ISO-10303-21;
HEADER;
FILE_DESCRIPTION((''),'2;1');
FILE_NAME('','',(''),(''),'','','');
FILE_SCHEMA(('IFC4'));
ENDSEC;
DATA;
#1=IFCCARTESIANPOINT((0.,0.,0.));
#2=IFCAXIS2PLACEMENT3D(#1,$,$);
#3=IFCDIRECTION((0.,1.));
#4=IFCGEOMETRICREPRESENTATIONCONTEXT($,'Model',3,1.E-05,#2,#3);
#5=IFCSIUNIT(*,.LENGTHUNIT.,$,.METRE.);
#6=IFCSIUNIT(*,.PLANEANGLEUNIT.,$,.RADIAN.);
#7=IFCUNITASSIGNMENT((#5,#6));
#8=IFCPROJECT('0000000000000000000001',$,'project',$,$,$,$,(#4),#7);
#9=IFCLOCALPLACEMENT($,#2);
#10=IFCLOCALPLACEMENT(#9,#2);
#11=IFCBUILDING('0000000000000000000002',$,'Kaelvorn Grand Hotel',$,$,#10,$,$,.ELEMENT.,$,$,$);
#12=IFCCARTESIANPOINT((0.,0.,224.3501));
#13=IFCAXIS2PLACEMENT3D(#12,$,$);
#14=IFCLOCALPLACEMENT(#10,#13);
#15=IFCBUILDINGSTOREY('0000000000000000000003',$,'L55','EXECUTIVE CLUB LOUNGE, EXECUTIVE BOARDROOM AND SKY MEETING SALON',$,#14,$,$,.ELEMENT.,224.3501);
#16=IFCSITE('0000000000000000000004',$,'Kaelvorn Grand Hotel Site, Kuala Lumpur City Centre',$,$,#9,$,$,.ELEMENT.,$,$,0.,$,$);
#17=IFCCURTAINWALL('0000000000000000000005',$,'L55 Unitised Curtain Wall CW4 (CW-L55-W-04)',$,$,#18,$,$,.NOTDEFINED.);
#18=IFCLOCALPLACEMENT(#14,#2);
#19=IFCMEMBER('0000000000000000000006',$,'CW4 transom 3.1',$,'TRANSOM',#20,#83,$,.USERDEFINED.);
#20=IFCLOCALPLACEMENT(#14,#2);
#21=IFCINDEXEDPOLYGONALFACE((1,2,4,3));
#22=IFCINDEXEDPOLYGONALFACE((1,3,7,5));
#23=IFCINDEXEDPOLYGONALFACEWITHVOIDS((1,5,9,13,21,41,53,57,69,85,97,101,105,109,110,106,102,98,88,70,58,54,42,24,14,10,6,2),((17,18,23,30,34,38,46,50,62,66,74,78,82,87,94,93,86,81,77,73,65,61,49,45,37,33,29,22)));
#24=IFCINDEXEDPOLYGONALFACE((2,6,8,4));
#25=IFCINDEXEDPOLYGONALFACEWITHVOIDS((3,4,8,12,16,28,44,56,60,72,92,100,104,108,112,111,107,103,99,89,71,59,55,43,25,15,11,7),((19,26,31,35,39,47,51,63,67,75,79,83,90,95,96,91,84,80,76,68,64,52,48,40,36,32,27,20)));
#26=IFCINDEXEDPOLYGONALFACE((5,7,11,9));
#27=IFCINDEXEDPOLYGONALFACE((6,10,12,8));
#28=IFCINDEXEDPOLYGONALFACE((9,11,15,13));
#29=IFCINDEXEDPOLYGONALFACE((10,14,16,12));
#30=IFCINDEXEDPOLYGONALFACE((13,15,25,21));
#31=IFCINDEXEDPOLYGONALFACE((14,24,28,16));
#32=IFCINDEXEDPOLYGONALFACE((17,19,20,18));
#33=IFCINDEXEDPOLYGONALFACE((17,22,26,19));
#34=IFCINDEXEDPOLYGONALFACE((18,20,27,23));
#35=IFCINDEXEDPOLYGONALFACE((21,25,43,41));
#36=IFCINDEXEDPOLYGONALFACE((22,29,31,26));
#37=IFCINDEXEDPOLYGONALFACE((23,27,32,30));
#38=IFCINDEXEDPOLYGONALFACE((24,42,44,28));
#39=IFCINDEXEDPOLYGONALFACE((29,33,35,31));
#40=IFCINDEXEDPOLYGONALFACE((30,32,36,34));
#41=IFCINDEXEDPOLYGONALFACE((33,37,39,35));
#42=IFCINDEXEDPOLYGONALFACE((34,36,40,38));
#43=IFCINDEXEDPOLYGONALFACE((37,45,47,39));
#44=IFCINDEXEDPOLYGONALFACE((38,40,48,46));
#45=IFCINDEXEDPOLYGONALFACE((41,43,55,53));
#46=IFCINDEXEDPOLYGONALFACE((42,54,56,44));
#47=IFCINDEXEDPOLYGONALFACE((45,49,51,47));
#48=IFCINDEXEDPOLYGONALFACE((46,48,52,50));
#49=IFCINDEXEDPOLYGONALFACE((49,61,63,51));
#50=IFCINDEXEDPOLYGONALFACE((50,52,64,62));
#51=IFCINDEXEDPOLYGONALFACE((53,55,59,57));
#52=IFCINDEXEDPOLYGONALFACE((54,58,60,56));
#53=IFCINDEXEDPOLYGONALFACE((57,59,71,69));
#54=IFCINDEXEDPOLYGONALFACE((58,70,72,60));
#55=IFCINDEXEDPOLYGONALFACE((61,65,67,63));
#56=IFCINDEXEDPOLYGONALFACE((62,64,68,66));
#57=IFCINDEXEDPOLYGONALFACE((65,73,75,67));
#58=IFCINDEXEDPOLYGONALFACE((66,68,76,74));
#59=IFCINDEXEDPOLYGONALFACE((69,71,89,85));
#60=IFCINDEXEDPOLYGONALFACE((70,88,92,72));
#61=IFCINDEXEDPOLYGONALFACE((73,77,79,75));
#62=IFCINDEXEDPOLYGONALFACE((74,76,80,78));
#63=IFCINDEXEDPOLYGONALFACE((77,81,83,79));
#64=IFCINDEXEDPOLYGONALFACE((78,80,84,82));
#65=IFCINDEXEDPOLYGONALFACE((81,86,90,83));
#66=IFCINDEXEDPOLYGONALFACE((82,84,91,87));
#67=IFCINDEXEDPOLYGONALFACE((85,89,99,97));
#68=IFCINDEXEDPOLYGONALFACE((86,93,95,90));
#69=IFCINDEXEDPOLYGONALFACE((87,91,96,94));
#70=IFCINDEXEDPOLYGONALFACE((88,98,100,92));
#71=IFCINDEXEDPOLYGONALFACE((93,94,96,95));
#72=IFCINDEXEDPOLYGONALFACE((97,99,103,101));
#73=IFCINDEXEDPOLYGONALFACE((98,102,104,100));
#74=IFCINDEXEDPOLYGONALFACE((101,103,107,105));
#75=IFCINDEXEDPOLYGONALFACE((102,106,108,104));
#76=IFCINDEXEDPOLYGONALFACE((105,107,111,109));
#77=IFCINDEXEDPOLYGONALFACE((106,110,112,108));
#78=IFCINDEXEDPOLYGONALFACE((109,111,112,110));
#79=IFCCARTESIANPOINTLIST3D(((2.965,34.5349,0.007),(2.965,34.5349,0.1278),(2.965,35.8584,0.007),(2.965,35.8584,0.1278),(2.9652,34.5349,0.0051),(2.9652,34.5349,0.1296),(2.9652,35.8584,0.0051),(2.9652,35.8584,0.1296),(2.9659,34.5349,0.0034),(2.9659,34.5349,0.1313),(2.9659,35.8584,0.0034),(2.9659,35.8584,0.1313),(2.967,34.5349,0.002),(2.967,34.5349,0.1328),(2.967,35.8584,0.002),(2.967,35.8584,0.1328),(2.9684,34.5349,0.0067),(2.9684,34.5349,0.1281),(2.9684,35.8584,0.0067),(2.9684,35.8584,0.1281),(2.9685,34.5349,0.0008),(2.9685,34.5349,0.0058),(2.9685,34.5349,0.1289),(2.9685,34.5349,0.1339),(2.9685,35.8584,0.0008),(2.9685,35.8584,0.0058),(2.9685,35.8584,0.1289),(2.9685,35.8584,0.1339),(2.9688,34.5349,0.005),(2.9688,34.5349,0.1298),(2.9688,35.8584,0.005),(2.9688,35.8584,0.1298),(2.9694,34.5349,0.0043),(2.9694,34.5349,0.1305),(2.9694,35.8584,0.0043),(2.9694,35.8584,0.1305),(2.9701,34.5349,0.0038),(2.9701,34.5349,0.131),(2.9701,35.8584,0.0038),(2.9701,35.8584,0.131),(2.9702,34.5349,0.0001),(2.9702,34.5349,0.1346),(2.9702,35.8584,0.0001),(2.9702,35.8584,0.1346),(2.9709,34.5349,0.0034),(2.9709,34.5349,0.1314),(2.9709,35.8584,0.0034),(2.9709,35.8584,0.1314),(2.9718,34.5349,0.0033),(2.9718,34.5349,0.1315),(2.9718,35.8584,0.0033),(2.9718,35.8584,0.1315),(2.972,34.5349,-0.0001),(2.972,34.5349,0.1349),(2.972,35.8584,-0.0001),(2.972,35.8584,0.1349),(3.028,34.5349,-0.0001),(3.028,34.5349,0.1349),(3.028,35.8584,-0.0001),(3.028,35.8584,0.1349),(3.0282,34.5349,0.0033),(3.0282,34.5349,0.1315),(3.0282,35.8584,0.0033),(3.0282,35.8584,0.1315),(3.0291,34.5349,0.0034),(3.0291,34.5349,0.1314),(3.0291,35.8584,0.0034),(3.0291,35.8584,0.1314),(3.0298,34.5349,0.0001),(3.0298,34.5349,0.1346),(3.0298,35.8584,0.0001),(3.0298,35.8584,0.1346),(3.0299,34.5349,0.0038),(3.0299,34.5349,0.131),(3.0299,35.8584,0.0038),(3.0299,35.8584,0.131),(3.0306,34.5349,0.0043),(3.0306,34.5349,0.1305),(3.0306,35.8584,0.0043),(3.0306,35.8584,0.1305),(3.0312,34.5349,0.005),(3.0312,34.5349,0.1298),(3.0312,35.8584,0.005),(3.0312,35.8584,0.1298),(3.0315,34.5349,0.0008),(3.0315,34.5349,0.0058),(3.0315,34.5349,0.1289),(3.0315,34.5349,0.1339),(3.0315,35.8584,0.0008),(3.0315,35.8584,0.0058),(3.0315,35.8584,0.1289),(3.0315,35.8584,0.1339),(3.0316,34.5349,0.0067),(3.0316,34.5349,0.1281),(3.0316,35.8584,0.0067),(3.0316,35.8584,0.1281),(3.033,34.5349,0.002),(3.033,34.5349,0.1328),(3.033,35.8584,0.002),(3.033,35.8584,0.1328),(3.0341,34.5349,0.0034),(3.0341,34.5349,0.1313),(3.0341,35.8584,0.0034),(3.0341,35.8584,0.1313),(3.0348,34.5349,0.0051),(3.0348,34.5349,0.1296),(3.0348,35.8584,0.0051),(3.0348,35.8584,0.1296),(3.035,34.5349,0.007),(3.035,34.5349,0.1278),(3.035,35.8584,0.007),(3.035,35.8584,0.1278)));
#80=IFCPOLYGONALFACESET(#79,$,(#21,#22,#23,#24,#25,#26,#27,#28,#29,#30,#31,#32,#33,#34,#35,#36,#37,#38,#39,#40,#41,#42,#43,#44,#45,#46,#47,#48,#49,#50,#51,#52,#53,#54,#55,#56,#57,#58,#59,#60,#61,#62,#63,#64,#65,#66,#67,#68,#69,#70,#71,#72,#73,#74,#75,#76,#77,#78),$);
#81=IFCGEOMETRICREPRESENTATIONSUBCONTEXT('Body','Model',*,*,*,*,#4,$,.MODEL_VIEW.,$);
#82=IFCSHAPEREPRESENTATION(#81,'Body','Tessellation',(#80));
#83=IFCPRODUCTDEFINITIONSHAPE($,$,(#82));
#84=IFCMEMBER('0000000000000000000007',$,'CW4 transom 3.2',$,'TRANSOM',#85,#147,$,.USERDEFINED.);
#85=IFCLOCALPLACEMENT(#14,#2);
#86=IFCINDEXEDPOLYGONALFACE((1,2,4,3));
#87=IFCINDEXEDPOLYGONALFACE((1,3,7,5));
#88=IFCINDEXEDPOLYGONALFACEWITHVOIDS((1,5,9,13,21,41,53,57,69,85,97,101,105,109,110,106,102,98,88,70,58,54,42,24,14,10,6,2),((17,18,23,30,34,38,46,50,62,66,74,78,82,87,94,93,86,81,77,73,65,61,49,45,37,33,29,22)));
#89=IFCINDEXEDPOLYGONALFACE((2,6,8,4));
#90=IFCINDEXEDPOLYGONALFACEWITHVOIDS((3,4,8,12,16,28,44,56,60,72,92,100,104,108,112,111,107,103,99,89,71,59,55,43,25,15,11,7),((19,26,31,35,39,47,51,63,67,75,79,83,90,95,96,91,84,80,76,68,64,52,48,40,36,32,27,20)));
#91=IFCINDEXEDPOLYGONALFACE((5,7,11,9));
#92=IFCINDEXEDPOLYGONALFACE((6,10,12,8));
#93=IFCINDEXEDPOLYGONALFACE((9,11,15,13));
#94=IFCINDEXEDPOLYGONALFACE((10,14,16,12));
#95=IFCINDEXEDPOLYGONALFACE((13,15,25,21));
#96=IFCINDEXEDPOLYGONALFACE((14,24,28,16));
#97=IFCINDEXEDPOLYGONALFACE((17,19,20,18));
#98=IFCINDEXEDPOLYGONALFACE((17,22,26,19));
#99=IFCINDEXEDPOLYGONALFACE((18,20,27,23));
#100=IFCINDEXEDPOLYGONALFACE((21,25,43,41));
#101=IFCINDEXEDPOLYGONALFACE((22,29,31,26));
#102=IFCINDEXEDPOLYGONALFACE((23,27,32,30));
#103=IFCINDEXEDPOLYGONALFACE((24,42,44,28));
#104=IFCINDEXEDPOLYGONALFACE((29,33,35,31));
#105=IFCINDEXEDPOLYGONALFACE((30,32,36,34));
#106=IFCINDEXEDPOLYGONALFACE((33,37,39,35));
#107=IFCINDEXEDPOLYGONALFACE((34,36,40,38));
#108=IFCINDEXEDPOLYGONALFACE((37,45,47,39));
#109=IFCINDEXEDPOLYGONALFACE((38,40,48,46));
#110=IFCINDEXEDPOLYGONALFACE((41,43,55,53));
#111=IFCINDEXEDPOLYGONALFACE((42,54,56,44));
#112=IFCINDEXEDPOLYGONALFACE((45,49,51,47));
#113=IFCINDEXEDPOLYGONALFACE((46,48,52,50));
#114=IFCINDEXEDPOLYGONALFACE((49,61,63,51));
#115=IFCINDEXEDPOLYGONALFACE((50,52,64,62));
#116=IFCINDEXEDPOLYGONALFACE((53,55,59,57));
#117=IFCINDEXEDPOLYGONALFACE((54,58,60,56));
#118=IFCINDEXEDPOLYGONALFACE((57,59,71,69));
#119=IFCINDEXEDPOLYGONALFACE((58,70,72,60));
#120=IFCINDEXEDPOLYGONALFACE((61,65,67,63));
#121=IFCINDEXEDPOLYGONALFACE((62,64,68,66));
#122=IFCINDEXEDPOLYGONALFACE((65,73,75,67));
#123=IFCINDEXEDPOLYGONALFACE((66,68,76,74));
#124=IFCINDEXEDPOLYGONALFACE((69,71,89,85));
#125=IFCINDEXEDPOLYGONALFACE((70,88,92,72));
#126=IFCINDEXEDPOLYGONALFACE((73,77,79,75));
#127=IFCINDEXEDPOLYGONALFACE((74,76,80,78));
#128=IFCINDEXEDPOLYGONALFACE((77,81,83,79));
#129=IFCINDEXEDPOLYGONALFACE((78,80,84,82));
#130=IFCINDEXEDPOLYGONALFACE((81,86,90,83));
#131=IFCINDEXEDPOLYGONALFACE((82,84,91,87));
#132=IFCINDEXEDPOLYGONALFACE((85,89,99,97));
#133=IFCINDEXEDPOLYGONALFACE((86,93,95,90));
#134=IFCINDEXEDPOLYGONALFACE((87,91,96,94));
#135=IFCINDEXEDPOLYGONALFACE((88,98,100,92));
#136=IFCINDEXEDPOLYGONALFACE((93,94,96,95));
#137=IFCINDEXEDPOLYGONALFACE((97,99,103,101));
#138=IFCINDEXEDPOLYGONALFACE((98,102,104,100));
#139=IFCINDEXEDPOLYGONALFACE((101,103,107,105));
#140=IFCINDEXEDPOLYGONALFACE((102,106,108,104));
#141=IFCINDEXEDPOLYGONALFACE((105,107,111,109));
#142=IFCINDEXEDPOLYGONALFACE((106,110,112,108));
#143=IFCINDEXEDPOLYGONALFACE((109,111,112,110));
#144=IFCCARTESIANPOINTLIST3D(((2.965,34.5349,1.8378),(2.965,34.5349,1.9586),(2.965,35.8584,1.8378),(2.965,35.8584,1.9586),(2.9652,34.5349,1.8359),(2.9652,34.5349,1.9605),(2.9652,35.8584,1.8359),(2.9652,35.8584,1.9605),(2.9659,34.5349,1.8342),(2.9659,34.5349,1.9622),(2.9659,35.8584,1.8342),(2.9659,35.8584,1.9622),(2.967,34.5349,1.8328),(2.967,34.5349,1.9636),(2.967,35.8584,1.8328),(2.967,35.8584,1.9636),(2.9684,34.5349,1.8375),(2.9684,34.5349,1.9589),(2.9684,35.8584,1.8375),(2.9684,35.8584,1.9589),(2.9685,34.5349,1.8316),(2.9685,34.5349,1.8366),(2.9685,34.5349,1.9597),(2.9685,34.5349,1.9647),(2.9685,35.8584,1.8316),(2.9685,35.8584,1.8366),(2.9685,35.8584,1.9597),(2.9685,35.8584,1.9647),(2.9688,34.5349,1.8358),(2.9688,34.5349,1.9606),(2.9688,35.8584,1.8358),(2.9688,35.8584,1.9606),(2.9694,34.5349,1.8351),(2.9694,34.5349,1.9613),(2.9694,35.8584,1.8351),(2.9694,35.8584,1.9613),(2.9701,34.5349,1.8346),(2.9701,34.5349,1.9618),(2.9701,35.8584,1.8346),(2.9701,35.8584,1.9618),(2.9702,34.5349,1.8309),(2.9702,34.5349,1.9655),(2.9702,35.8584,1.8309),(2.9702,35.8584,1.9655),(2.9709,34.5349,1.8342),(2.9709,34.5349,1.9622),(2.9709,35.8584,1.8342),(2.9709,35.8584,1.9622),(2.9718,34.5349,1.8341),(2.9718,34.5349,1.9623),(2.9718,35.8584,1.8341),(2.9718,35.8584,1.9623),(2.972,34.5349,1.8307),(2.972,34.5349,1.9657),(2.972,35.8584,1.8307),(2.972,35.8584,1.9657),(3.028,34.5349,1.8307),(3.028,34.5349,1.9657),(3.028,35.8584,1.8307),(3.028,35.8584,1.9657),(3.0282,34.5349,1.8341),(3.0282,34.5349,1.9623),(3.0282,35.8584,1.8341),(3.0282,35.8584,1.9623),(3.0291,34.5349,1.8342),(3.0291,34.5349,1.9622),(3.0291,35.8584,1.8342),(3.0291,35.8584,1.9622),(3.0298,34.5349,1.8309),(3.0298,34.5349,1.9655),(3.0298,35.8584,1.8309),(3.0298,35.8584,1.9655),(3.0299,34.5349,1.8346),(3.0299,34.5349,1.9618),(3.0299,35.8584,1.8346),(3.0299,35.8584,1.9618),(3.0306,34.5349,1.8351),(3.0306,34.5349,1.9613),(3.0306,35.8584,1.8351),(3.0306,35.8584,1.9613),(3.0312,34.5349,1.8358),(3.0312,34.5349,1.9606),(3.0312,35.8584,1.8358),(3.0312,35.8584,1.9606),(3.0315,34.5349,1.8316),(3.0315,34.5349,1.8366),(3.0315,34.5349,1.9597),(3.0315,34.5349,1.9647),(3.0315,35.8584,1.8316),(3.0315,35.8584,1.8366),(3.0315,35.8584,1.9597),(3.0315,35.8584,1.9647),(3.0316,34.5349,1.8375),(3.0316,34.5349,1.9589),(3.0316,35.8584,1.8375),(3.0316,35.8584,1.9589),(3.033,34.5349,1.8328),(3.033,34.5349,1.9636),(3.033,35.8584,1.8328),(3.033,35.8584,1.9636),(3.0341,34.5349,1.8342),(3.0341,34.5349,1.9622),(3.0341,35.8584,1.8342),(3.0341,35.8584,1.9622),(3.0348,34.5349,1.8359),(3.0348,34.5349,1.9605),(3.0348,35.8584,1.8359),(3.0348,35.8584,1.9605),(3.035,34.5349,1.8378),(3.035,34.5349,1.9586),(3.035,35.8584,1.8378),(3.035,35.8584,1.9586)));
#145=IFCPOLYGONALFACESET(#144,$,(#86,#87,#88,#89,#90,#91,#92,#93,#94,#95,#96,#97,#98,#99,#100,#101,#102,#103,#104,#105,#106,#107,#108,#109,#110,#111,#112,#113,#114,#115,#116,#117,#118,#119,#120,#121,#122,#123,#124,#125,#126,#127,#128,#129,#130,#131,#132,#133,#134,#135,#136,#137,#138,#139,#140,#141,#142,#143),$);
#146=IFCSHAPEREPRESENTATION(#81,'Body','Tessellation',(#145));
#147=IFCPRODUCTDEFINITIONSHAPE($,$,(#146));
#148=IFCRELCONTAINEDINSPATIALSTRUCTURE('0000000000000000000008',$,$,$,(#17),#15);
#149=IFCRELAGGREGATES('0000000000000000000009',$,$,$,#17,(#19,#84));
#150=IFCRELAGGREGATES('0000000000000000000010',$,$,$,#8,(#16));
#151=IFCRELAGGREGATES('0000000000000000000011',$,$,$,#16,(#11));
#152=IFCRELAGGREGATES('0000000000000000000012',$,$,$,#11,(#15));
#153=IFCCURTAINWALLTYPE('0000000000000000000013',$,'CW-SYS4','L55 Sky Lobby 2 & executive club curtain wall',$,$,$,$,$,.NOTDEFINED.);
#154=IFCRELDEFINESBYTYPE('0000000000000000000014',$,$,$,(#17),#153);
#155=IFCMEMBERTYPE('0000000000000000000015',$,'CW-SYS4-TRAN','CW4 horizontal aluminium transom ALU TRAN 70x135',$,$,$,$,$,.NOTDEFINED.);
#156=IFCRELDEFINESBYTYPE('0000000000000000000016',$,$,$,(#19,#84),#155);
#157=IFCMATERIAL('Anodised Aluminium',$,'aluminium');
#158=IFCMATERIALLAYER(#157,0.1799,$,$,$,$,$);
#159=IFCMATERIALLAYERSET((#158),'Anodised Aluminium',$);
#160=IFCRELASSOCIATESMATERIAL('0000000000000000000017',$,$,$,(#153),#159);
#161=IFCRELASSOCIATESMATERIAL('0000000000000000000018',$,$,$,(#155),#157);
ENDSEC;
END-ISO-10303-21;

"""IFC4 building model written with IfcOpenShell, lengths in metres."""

from ifc_helpers import new_model, si_unit, direction, frame, origin, origin_2d, place, context, subcontext, project, spatial, hollow_rectangle, extrude, material, layer, layer_set, material_profile, profile_set, type_object, element, aggregate, save


model = new_model("IFC4")

# Units and contexts
model_context = context("Model", 3, precision=1e-05, world=origin(), true_north=direction((0.0, 1.0)))
body_context = subcontext(model_context, "Body", "Model", "MODEL_VIEW")
ifc_project = project(units=[si_unit("LENGTHUNIT", "METRE"), si_unit("PLANEANGLEUNIT", "RADIAN")], contexts=[model_context])

# Site, building, storey
site_placement = place(None, origin())
site = spatial("IfcSite", under=ifc_project, at=site_placement, Name="Kaelvorn Grand Hotel Site, Kuala Lumpur City Centre", CompositionType="ELEMENT", RefElevation=0.0)
building_placement = place(site_placement, origin())
building = spatial("IfcBuilding", under=site, at=building_placement, Name="Kaelvorn Grand Hotel", CompositionType="ELEMENT")
storey_placement = place(building_placement, frame((0.0, 0.0, 224.3501)))
storey = spatial("IfcBuildingStorey", under=building, at=storey_placement, Name="L55", Description="EXECUTIVE CLUB LOUNGE, EXECUTIVE BOARDROOM AND SKY MEETING SALON", CompositionType="ELEMENT", Elevation=224.3501)

# Curtain wall, members
ifc_material_1 = material(Name="Anodised Aluminium", Category="aluminium")
ifc_layer_1 = layer(ifc_material_1, 0.1799)
ifc_layer_set_1 = layer_set([ifc_layer_1], Name="Anodised Aluminium")
curtain_wall_type = type_object("IfcCurtainWallType", Name="CW-SYS4", Description="L55 Sky Lobby 2 & executive club curtain wall", PredefinedType="NOTDEFINED", material=ifc_layer_set_1)
curtain_wall_placement = place(storey_placement, origin())
curtain_wall = element("IfcCurtainWall", 1, at=curtain_wall_placement, inside=storey, type_object=curtain_wall_type, Name="L55 Unitised Curtain Wall CW4 (CW-L55-W-04)", PredefinedType="NOTDEFINED")
ifc_material_profile_1 = material_profile(ifc_material_1, hollow_rectangle(XDim=0.0701, YDim=0.135, WallThickness=0.0034, InnerFilletRadius=0.0034, OuterFilletRadius=0.0071, at=origin_2d()), Name="ALU TRAN 70x135")
ifc_profile_set_1 = profile_set([ifc_material_profile_1], Name="Anodised Aluminium")
member_type_1 = type_object("IfcMemberType", Name="CW-SYS4-TRAN", Description="CW4 horizontal aluminium transom ALU TRAN 70x135", PredefinedType="NOTDEFINED", material=ifc_profile_set_1)
member_1_placement = place(storey_placement, frame((3.0, 35.8584, 0.0674), z_axis=(0.0, -1.0, 0.0), x_axis=(1.0, 0.0, 0.0)))
member_1 = element("IfcMember", 2, at=member_1_placement, type_object=member_type_1, Name="CW4 transom 3.1", ObjectType="TRANSOM", PredefinedType="USERDEFINED", context=body_context, shape_type="SweptSolid", body=[
    extrude(hollow_rectangle(XDim=0.0701, YDim=0.135, WallThickness=0.0034, InnerFilletRadius=0.0034, OuterFilletRadius=0.0071, at=origin_2d()), origin(), (0.0, 0.0, 1.0), 1.3235),
])
member_2_placement = place(storey_placement, frame((3.0, 35.8584, 1.8982), z_axis=(0.0, -1.0, 0.0), x_axis=(1.0, 0.0, 0.0)))
member_2 = element("IfcMember", 3, at=member_2_placement, type_object=member_type_1, Name="CW4 transom 3.2", ObjectType="TRANSOM", PredefinedType="USERDEFINED", context=body_context, shape_type="SweptSolid", body=[
    extrude(hollow_rectangle(XDim=0.0701, YDim=0.135, WallThickness=0.0034, InnerFilletRadius=0.0034, OuterFilletRadius=0.0071, at=origin_2d()), origin(), (0.0, 0.0, 1.0), 1.3235),
])
aggregate(curtain_wall, [member_1, member_2])

save(model, "model.ifc")
